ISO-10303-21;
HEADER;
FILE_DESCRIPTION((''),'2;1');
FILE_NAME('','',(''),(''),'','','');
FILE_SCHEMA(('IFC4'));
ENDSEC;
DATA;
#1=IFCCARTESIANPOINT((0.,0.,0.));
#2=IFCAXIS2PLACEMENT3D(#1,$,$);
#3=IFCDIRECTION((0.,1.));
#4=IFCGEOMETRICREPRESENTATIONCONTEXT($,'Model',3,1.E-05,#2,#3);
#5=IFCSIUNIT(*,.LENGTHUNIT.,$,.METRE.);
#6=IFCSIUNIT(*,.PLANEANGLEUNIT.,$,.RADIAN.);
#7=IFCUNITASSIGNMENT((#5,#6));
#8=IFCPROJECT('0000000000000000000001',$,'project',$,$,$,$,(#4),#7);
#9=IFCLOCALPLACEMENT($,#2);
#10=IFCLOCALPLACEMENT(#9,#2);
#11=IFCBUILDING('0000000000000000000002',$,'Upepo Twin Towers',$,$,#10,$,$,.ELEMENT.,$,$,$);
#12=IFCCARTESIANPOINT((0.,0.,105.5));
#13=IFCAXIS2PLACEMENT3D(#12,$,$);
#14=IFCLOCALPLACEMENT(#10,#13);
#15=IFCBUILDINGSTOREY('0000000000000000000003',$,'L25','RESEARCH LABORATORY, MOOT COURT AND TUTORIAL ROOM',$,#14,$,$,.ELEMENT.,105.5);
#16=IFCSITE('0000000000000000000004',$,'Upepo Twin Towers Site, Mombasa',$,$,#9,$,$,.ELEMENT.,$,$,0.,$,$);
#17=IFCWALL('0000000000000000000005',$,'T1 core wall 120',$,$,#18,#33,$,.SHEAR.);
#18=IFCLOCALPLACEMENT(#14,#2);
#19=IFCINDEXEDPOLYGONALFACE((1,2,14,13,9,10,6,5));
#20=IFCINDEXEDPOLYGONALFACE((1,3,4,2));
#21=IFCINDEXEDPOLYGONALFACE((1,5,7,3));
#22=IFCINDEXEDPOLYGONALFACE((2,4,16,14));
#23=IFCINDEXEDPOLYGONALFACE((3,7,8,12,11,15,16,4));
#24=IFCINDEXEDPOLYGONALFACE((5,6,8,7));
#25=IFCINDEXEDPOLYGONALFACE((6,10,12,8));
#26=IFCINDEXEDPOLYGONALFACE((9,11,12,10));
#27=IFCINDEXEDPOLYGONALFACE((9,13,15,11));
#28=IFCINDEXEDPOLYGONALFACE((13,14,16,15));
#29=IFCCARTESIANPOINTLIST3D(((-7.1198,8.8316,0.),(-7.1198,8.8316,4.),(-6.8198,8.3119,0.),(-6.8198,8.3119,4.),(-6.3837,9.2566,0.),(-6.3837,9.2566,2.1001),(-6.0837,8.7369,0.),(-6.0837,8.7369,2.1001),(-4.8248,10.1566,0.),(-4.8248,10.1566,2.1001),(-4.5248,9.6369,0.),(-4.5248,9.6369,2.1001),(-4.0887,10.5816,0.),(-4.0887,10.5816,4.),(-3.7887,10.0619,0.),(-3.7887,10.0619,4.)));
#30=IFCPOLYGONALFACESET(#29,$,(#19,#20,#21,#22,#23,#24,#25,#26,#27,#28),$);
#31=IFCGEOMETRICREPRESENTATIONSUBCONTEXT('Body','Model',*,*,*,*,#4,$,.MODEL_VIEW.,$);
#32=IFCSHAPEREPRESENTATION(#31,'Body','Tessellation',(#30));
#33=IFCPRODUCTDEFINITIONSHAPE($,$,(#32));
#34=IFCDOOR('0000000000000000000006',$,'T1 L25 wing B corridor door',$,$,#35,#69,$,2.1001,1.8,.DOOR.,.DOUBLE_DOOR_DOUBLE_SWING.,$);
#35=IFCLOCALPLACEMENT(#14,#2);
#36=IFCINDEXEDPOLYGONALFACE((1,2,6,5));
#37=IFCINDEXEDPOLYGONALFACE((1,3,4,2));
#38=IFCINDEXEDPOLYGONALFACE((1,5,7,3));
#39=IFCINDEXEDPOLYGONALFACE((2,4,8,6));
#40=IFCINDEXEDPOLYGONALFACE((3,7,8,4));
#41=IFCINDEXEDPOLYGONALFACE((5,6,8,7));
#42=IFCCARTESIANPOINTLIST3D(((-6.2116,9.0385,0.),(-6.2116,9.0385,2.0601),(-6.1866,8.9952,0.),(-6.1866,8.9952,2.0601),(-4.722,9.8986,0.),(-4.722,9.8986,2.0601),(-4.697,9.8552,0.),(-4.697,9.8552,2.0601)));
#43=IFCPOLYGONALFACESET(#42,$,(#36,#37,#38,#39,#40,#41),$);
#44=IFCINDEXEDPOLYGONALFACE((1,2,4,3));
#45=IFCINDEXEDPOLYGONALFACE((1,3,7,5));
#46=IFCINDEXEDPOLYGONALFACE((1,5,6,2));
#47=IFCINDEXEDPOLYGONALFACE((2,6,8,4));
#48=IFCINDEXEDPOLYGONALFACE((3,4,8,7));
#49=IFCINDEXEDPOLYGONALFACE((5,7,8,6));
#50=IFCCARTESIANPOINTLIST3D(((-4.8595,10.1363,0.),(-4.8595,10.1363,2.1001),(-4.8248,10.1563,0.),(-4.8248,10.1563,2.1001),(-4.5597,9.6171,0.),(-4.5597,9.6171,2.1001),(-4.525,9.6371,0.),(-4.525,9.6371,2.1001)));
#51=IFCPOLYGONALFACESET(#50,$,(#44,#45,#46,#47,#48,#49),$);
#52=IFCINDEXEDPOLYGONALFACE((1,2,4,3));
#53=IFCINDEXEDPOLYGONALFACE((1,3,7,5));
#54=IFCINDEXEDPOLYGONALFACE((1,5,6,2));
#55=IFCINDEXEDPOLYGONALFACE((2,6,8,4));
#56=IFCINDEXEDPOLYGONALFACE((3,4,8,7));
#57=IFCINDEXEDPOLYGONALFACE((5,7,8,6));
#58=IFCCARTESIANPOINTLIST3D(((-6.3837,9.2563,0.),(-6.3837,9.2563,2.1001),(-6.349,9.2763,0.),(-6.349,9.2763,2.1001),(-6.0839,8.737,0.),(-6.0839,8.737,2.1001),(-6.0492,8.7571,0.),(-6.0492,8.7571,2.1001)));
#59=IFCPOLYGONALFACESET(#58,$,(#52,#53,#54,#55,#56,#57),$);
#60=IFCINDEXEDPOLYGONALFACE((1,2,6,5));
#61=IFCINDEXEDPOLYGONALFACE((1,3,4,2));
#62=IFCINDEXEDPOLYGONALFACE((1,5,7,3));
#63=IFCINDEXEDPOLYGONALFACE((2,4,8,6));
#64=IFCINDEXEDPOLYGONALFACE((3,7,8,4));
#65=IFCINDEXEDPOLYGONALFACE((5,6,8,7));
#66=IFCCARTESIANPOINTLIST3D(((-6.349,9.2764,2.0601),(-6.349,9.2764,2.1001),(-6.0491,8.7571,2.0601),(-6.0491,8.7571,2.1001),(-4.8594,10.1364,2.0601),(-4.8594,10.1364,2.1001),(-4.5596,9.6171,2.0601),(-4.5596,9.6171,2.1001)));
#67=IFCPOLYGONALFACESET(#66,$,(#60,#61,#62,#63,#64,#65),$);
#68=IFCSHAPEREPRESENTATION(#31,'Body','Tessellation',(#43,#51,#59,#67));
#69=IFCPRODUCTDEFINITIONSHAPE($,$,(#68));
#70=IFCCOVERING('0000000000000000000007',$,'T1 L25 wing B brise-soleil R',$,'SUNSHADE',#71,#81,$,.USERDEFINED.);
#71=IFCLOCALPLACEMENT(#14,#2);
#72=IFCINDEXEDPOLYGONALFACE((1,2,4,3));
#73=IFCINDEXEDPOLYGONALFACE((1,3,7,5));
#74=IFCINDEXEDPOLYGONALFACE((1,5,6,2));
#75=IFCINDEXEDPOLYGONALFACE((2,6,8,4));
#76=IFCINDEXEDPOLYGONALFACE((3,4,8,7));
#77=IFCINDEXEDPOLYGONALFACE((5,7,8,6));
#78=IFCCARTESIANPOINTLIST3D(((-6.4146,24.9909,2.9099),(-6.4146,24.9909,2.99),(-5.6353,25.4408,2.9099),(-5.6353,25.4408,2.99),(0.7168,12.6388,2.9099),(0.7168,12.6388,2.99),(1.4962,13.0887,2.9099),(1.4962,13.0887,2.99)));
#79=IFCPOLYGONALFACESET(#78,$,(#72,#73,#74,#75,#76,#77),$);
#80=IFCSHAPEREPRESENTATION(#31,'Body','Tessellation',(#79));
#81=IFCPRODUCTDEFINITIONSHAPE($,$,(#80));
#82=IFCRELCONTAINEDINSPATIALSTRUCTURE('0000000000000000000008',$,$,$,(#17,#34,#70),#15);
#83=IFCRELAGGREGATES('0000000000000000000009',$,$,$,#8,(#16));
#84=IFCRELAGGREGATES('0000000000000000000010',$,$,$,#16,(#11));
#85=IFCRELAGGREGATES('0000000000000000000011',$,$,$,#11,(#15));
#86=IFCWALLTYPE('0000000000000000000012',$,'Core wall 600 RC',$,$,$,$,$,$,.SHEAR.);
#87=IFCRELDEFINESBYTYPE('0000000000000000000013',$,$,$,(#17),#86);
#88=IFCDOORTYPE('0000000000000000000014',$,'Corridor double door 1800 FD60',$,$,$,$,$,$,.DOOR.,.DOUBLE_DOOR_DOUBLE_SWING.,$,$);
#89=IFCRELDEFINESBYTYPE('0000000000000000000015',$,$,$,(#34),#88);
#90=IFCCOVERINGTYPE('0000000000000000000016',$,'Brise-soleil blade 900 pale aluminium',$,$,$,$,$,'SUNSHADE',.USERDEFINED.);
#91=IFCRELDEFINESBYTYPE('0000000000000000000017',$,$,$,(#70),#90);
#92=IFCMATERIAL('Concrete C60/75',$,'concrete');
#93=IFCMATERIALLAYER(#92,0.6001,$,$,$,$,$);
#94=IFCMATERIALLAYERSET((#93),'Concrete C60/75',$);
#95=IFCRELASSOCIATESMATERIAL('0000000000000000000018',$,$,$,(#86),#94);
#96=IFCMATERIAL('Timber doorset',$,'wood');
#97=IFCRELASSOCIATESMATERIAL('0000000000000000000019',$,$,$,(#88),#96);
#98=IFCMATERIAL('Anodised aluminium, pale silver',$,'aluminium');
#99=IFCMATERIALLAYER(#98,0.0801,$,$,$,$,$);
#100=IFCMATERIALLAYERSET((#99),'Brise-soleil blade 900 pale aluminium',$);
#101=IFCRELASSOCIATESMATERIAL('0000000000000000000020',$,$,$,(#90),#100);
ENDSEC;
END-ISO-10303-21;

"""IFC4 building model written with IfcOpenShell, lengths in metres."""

from ifc_helpers import new_model, si_unit, direction, frame, frame_2d, origin, origin_2d, place, context, subcontext, project, spatial, rectangle, extrude, material, layer, layer_set, type_object, element, fill, save


model = new_model("IFC4")

# Units and contexts
model_context = context("Model", 3, precision=1e-05, world=origin(), true_north=direction((0.0, 1.0)))
body_context = subcontext(model_context, "Body", "Model", "MODEL_VIEW")
ifc_project = project(units=[si_unit("LENGTHUNIT", "METRE"), si_unit("PLANEANGLEUNIT", "RADIAN")], contexts=[model_context])

# Site, building, storey
site_placement = place(None, origin())
site = spatial("IfcSite", under=ifc_project, at=site_placement, Name="Upepo Twin Towers Site, Mombasa", CompositionType="ELEMENT", RefElevation=0.0)
building_placement = place(site_placement, origin())
building = spatial("IfcBuilding", under=site, at=building_placement, Name="Upepo Twin Towers", CompositionType="ELEMENT")
storey_placement = place(building_placement, frame((0.0, 0.0, 105.5)))
storey = spatial("IfcBuildingStorey", under=building, at=storey_placement, Name="L25", Description="RESEARCH LABORATORY, MOOT COURT AND TUTORIAL ROOM", CompositionType="ELEMENT", Elevation=105.5)

# Shared definitions
ifc_material_1 = material(Name="Concrete C60/75", Category="concrete")
ifc_layer_1 = layer(ifc_material_1, 0.6001)
ifc_layer_set_1 = layer_set([ifc_layer_1], Name="Concrete C60/75")
wall_type_1 = type_object("IfcWallType", Name="Core wall 600 RC", PredefinedType="SHEAR", material=ifc_layer_set_1)

# Wall, opening, door
wall_1_placement = place(storey_placement, frame((-3.9387, 10.3218, 0.0), z_axis=(0.0, 0.0, 1.0), x_axis=(-0.866019, -0.50001, 0.0)))
wall_1 = element("IfcWall", 1, at=wall_1_placement, inside=storey, type_object=wall_type_1, Name="T1 core wall 120", PredefinedType="SHEAR", context=body_context, shape_type="SweptSolid", body=[
    extrude(rectangle(XDim=3.5, YDim=0.6001, at=frame_2d((1.75, 0.0))), origin(), (0.0, 0.0, 1.0), 4.0),
])
opening_placement = place(wall_1_placement, frame((0.8501, 0.0, 0.0)))
opening = element("IfcOpeningElement", 2, at=opening_placement, cuts=wall_1, PredefinedType="OPENING", context=body_context, shape_type="SweptSolid", body=[
    extrude(rectangle(XDim=1.8, YDim=2.1001, at=frame_2d((0.8999, 1.05))), frame((0.0, 0.3101, 0.0), z_axis=(0.0, -1.0, 0.0), x_axis=(1.0, 0.0, 0.0)), (0.0, 0.0, 1.0), 0.6201),
])
ifc_material_2 = material(Name="Timber doorset", Category="wood")
door_type = type_object("IfcDoorType", Name="Corridor double door 1800 FD60", OperationType="DOUBLE_DOOR_DOUBLE_SWING", PredefinedType="DOOR", material=ifc_material_2)
door_placement = place(opening_placement, origin())
door = element("IfcDoor", 3, at=door_placement, inside=storey, type_object=door_type, Name="T1 L25 wing B corridor door", OperationType="DOUBLE_DOOR_DOUBLE_SWING", OverallHeight=2.1001, OverallWidth=1.8, PredefinedType="DOOR", context=body_context, shape_type="SweptSolid", body=[
    extrude(rectangle(XDim=1.72, YDim=2.0601, at=frame_2d((0.8999, 1.03))), frame((0.0, 0.0249, 0.0), z_axis=(0.0, -1.0, 0.0), x_axis=(1.0, 0.0, 0.0)), (0.0, 0.0, 1.0), 0.05),
    extrude(rectangle(XDim=0.04, YDim=2.1001, at=frame_2d((0.02, 1.05))), frame((0.0, 0.2998, 0.0), z_axis=(0.0, -1.0, 0.0), x_axis=(1.0, 0.0, 0.0)), (0.0, 0.0, 1.0), 0.5996),
    extrude(rectangle(XDim=0.04, YDim=2.1001, at=frame_2d((1.78, 1.05))), frame((0.0, 0.2998, 0.0), z_axis=(0.0, -1.0, 0.0), x_axis=(1.0, 0.0, 0.0)), (0.0, 0.0, 1.0), 0.5996),
    extrude(rectangle(XDim=1.72, YDim=0.04, at=frame_2d((0.8999, 2.0801))), frame((0.0, 0.2998, 0.0), z_axis=(0.0, -1.0, 0.0), x_axis=(1.0, 0.0, 0.0)), (0.0, 0.0, 1.0), 0.5996),
])
fill(opening, door)

# Covering
ifc_material_3 = material(Name="Anodised aluminium, pale silver", Category="aluminium")
ifc_layer_2 = layer(ifc_material_3, 0.0801)
ifc_layer_set_2 = layer_set([ifc_layer_2], Name="Brise-soleil blade 900 pale aluminium")
covering_type = type_object("IfcCoveringType", Name="Brise-soleil blade 900 pale aluminium", ElementType="SUNSHADE", PredefinedType="USERDEFINED", material=ifc_layer_set_2)
covering_placement = place(storey_placement, frame((-2.4592, 19.0398, 2.9099), z_axis=(0.0, 0.0, 1.0), x_axis=(-0.5, 0.866025, 0.0)))
element("IfcCovering", 4, at=covering_placement, inside=storey, type_object=covering_type, Name="T1 L25 wing B brise-soleil R", ObjectType="SUNSHADE", PredefinedType="USERDEFINED", context=body_context, shape_type="SweptSolid", body=[
    extrude(rectangle(XDim=14.2629, YDim=0.8999, at=origin_2d()), origin(), (0.0, 0.0, 1.0), 0.0801),
])

save(model, "model.ifc")
